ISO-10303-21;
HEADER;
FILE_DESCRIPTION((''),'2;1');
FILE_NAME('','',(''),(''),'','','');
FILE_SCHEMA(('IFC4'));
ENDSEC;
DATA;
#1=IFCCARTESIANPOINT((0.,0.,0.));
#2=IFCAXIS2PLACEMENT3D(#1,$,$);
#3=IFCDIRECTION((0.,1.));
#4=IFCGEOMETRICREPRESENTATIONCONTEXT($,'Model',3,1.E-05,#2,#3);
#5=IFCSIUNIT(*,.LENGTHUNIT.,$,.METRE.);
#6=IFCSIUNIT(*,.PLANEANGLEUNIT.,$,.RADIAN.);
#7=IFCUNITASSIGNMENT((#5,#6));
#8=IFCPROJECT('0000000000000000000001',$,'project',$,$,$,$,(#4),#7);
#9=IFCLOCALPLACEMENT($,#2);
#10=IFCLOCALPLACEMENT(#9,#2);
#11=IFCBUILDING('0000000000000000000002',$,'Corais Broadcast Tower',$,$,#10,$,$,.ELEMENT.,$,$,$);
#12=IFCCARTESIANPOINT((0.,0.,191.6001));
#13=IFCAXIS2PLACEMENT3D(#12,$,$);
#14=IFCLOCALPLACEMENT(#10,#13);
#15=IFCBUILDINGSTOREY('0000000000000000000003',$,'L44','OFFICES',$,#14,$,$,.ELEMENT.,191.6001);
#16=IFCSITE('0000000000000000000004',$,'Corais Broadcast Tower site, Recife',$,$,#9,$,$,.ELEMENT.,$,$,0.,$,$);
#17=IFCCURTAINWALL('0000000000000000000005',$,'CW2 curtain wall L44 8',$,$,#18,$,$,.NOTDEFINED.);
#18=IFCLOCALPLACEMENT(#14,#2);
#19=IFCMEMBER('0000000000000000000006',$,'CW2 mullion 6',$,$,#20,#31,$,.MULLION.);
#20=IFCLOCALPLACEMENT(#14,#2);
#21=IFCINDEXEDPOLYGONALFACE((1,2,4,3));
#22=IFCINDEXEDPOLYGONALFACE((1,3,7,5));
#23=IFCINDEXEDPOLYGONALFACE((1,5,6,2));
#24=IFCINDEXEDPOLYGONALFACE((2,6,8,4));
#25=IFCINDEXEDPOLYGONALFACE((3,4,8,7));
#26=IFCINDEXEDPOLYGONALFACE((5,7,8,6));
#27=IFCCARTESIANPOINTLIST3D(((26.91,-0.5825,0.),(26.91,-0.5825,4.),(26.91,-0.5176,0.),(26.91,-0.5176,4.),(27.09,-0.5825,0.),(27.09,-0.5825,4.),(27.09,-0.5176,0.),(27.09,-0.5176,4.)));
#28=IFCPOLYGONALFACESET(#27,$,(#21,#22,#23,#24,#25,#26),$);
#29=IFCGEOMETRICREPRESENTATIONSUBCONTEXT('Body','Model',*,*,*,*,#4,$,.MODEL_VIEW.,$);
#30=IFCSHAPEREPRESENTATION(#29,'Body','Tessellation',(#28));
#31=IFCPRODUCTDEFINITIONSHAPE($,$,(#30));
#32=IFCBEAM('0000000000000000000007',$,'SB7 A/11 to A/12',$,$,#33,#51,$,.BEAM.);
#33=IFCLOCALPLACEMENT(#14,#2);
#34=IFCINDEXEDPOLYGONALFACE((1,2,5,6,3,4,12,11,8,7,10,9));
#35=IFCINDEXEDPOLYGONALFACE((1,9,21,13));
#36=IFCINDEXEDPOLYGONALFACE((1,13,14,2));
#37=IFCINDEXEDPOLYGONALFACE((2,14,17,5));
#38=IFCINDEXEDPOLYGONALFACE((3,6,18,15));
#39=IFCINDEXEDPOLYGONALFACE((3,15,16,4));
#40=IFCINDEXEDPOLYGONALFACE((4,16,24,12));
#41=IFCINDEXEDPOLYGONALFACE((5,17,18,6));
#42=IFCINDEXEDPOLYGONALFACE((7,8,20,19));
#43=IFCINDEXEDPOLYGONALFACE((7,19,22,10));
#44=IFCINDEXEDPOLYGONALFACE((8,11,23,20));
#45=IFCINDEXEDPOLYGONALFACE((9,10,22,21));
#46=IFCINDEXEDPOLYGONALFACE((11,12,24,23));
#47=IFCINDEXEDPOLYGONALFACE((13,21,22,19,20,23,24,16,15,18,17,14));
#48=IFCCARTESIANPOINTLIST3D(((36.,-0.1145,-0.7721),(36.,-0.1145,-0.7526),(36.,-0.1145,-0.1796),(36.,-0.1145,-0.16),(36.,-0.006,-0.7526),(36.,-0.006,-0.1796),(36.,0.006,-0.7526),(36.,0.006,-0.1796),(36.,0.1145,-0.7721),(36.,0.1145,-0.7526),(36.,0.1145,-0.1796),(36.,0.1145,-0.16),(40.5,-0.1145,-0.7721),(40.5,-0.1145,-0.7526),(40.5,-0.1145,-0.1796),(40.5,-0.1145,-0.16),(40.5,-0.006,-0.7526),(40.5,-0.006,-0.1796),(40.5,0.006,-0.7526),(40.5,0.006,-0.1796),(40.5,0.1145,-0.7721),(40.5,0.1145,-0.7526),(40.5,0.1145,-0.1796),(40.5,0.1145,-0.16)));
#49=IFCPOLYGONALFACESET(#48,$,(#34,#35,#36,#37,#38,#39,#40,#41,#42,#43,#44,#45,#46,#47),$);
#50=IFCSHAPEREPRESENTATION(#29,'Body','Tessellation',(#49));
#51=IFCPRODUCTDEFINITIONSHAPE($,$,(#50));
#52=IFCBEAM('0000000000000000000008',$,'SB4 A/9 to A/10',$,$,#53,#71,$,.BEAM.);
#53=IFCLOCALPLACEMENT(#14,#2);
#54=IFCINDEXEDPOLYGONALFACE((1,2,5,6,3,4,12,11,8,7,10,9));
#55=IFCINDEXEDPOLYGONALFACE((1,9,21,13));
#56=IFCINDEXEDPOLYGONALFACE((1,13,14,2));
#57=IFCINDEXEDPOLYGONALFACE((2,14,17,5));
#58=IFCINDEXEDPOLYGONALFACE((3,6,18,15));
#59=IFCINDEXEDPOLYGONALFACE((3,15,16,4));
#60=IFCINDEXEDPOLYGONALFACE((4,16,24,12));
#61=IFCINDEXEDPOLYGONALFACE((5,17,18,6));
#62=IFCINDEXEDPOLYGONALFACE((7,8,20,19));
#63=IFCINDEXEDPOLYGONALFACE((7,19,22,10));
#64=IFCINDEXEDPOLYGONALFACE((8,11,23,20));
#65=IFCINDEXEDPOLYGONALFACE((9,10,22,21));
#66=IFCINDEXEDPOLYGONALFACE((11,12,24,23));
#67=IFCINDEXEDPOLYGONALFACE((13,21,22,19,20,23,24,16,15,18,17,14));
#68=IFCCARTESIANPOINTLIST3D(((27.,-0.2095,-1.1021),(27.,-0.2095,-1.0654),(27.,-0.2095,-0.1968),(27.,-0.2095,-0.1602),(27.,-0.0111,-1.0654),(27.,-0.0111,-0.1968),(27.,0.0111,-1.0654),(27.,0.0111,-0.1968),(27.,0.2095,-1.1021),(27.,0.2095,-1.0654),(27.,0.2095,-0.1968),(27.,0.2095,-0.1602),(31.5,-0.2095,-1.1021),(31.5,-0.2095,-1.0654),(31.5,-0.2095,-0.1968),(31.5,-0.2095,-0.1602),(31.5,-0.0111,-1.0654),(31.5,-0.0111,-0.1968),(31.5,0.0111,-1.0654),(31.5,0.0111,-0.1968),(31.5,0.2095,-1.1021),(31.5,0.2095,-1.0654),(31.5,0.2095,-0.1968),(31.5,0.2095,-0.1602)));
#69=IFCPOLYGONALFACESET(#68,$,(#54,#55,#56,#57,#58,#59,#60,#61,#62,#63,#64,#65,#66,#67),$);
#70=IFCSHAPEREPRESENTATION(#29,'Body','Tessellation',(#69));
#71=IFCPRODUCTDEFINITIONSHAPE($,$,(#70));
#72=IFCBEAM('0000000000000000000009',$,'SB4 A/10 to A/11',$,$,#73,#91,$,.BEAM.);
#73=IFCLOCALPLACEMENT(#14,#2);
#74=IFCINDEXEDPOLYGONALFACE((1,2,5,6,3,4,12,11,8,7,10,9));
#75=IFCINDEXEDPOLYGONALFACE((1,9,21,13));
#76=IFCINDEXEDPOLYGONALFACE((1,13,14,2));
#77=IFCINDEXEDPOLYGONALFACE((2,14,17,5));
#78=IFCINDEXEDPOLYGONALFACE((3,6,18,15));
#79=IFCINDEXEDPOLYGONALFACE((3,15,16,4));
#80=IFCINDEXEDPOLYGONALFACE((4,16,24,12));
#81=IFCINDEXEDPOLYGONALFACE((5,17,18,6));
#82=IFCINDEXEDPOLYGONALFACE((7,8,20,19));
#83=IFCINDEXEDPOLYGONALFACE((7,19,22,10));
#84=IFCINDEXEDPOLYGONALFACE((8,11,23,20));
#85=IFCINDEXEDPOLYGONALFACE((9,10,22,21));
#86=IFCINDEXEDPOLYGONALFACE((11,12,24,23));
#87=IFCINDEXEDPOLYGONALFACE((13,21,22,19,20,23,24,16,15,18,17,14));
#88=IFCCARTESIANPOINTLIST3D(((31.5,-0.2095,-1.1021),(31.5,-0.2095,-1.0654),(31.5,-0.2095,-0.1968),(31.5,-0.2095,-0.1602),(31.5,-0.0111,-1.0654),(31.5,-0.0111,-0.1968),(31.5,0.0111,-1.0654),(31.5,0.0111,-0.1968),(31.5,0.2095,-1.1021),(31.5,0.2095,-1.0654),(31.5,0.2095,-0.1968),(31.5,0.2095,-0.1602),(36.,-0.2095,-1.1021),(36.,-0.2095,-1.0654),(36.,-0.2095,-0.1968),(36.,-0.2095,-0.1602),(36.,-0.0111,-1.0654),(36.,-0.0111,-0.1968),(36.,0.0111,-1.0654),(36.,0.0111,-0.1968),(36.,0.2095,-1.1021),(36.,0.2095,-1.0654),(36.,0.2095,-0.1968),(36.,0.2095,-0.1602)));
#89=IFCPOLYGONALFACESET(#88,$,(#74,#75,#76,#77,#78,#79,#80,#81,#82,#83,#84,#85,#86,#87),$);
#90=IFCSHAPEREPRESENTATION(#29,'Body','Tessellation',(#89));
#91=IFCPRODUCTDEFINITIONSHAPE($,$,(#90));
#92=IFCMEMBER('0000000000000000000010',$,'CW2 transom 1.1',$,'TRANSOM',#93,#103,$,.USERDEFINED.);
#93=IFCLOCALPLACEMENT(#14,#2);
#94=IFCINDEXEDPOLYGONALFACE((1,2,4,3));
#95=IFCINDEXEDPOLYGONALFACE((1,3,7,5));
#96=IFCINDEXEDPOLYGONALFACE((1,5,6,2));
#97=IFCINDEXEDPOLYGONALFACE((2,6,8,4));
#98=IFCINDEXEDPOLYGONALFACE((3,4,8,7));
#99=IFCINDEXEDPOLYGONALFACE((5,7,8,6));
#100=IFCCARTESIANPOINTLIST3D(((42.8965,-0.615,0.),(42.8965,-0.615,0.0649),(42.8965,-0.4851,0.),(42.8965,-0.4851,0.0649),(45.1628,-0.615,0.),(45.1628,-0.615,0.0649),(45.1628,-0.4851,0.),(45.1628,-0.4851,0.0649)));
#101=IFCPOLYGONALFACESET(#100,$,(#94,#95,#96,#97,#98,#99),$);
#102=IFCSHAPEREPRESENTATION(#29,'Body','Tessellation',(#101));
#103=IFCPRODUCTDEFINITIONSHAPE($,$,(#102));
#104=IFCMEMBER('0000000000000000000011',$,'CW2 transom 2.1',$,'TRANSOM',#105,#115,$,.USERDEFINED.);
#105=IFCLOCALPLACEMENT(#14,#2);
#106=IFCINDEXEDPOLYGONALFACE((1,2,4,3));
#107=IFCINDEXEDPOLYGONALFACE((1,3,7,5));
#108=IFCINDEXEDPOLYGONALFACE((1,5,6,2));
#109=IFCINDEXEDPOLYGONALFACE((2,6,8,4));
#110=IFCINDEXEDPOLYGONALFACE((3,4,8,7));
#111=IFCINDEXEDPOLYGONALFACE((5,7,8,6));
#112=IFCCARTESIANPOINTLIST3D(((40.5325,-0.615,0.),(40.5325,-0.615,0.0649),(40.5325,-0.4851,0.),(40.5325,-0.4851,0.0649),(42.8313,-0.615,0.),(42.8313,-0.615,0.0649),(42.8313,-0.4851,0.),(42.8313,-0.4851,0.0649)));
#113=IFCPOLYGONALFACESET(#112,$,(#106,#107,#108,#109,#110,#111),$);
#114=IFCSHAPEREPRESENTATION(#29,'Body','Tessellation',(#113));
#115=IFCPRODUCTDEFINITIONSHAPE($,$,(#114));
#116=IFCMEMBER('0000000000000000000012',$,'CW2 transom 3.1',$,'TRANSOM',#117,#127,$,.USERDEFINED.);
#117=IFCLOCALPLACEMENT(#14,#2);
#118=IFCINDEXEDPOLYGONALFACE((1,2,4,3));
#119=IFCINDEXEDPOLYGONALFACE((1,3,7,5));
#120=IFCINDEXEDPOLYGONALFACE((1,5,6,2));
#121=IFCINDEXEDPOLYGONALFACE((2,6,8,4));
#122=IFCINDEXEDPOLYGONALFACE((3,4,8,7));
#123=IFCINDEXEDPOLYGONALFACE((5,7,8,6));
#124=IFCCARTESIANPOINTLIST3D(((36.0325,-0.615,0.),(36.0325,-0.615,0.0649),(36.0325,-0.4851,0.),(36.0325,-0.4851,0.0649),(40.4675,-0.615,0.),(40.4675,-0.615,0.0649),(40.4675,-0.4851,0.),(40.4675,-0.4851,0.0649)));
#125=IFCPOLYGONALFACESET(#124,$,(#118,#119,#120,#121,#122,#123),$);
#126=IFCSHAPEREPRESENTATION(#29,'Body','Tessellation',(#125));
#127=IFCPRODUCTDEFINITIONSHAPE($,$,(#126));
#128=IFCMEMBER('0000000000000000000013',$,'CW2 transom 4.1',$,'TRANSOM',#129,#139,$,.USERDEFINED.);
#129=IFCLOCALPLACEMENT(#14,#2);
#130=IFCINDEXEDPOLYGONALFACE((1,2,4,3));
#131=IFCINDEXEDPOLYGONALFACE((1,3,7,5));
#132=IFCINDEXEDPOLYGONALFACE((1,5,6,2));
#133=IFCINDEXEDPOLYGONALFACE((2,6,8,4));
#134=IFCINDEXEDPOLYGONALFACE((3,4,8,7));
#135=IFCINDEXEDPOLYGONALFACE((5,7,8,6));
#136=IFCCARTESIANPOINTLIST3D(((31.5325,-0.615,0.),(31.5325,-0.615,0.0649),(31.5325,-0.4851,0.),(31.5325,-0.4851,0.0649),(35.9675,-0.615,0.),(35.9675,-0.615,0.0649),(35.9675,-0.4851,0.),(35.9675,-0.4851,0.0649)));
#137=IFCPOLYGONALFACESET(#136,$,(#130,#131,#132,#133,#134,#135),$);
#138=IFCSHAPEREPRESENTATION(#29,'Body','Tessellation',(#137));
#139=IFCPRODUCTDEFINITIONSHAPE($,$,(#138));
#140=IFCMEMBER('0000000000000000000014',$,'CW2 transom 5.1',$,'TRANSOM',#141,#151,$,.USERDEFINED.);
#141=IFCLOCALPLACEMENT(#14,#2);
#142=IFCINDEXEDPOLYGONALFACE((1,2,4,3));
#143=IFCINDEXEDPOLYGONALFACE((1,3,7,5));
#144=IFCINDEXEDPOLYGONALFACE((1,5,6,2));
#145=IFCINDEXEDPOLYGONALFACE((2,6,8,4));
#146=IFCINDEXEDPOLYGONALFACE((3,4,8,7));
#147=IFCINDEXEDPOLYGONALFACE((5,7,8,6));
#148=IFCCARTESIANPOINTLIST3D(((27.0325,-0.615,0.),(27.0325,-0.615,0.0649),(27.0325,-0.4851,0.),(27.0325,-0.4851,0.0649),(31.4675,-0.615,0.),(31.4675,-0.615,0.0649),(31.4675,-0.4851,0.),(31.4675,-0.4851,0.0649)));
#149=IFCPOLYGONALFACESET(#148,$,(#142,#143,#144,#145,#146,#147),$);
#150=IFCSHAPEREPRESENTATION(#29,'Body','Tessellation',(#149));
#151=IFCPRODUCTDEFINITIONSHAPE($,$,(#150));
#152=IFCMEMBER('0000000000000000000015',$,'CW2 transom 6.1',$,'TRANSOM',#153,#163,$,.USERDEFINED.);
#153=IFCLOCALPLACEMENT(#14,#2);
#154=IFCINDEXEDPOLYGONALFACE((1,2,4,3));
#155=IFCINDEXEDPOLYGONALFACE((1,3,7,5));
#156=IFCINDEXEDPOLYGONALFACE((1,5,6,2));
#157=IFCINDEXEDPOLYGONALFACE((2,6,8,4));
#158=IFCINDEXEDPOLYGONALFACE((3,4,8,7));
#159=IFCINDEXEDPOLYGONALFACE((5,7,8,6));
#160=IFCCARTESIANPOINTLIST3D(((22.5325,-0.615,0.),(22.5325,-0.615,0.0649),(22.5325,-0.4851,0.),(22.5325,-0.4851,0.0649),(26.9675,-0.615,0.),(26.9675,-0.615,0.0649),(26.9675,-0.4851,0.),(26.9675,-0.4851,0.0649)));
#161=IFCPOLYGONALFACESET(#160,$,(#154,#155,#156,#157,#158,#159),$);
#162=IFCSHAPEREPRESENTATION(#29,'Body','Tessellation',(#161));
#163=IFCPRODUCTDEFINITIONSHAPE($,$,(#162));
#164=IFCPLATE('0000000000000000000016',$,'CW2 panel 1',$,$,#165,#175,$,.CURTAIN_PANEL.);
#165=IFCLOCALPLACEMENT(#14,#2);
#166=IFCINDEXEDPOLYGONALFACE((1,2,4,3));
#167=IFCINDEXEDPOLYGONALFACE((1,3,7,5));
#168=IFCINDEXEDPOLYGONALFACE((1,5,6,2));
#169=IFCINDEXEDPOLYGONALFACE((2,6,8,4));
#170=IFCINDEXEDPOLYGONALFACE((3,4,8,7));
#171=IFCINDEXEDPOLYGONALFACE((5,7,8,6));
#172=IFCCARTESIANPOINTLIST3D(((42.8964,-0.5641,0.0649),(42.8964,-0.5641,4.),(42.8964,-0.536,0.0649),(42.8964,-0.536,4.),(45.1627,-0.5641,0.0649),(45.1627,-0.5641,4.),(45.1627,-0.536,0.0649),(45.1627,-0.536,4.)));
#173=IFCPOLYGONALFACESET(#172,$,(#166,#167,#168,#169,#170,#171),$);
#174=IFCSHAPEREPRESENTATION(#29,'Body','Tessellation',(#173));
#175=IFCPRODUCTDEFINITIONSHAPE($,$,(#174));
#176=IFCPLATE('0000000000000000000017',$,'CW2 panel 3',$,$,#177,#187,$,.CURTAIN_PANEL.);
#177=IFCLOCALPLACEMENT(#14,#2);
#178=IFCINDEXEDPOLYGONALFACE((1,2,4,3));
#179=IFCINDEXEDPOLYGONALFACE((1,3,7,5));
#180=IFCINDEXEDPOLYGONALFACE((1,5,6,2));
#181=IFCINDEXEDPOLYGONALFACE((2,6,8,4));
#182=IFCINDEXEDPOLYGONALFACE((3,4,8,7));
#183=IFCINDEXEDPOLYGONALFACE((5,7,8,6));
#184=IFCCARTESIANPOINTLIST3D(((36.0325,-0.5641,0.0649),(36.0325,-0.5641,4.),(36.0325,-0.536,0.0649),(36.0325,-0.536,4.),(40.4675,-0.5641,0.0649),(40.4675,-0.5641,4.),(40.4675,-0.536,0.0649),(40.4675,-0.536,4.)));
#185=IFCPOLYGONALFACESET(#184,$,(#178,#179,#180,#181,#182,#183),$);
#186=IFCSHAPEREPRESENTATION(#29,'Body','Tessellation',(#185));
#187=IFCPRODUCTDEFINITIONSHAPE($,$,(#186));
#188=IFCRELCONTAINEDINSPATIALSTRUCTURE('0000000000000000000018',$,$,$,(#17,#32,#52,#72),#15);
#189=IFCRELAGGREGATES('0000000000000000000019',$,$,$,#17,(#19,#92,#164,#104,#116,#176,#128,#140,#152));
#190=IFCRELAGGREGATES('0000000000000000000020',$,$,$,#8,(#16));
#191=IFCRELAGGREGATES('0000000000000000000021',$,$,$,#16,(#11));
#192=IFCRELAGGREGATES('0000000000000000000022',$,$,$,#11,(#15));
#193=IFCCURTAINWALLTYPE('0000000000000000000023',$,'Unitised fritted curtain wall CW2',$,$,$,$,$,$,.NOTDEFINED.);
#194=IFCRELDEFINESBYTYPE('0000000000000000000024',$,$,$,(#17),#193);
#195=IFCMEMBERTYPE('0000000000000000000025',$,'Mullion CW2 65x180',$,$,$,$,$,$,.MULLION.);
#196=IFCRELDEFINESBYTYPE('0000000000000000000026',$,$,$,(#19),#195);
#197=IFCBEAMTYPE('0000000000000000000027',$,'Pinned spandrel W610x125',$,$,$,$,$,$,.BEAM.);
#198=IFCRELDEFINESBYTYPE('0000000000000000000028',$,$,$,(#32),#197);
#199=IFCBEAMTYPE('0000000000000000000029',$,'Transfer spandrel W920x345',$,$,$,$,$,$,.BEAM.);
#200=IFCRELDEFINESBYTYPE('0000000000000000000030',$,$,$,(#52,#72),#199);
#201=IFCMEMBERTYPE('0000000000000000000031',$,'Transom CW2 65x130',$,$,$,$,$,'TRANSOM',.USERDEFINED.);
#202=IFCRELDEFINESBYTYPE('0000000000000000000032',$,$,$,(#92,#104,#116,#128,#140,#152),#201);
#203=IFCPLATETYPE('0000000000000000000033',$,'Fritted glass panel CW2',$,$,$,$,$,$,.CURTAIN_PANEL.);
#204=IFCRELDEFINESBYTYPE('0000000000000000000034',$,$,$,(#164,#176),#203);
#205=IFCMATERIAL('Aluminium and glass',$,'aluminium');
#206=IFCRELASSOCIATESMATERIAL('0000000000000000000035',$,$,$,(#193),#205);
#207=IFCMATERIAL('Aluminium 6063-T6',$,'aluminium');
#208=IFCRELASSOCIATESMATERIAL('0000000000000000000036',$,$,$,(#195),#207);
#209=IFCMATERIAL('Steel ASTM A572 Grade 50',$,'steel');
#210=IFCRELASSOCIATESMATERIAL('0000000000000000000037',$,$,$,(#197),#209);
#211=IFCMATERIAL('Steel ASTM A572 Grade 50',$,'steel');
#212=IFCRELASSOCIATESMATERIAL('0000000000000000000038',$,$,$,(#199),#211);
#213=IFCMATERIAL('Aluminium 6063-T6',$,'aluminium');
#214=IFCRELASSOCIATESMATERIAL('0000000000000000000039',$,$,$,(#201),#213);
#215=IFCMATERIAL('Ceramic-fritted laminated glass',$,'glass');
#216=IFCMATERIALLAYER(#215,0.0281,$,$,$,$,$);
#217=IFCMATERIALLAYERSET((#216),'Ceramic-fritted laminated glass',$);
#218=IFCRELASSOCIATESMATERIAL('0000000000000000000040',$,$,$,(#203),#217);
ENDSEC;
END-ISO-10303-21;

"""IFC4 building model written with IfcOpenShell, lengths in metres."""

from ifc_helpers import new_model, si_unit, direction, frame, origin, origin_2d, place, context, subcontext, project, spatial, rectangle, i_section, extrude, material, layer, layer_set, material_profile, profile_set, type_object, element, aggregate, save


model = new_model("IFC4")

# Units and contexts
model_context = context("Model", 3, precision=1e-05, world=origin(), true_north=direction((0.0, 1.0)))
body_context = subcontext(model_context, "Body", "Model", "MODEL_VIEW")
ifc_project = project(units=[si_unit("LENGTHUNIT", "METRE"), si_unit("PLANEANGLEUNIT", "RADIAN")], contexts=[model_context])

# Site, building, storey
site_placement = place(None, origin())
site = spatial("IfcSite", under=ifc_project, at=site_placement, Name="Corais Broadcast Tower site, Recife", CompositionType="ELEMENT", RefElevation=0.0)
building_placement = place(site_placement, origin())
building = spatial("IfcBuilding", under=site, at=building_placement, Name="Corais Broadcast Tower", CompositionType="ELEMENT")
storey_placement = place(building_placement, frame((0.0, 0.0, 191.6001)))
storey = spatial("IfcBuildingStorey", under=building, at=storey_placement, Name="L44", Description="OFFICES", CompositionType="ELEMENT", Elevation=191.6001)

# Curtain wall, member
ifc_material_1 = material(Name="Aluminium and glass", Category="aluminium")
curtain_wall_type = type_object("IfcCurtainWallType", Name="Unitised fritted curtain wall CW2", PredefinedType="NOTDEFINED", material=ifc_material_1)
curtain_wall_placement = place(storey_placement, origin())
curtain_wall = element("IfcCurtainWall", 1, at=curtain_wall_placement, inside=storey, type_object=curtain_wall_type, Name="CW2 curtain wall L44 8", PredefinedType="NOTDEFINED")
ifc_material_2 = material(Name="Aluminium 6063-T6", Category="aluminium")
ifc_material_profile_1 = material_profile(ifc_material_2, rectangle(XDim=0.0649, YDim=0.1799, at=origin_2d()), Name="Mullion CW2 65x180")
ifc_profile_set_1 = profile_set([ifc_material_profile_1], Name="Aluminium 6063-T6")
member_type_1 = type_object("IfcMemberType", Name="Mullion CW2 65x180", PredefinedType="MULLION", material=ifc_profile_set_1)
member_1_placement = place(storey_placement, frame((27.0, -0.55, 0.0), z_axis=(0.0, 0.0, 1.0), x_axis=(0.0, -1.0, 0.0)))
member_1 = element("IfcMember", 2, at=member_1_placement, type_object=member_type_1, Name="CW2 mullion 6", PredefinedType="MULLION", context=body_context, shape_type="SweptSolid", body=[
    extrude(rectangle(XDim=0.0649, YDim=0.1799, at=origin_2d()), origin(), (0.0, 0.0, 1.0), 4.0),
])

# Beams
ifc_material_3 = material(Name="Steel ASTM A572 Grade 50", Category="steel")
ifc_material_profile_2 = material_profile(ifc_material_3, i_section(OverallWidth=0.229, OverallDepth=0.6121, WebThickness=0.012, FlangeThickness=0.0195, at=origin_2d()), Name="W610x125")
ifc_profile_set_2 = profile_set([ifc_material_profile_2], Name="Steel ASTM A572 Grade 50")
beam_type_1 = type_object("IfcBeamType", Name="Pinned spandrel W610x125", PredefinedType="BEAM", material=ifc_profile_set_2)
beam_placement = place(storey_placement, frame((36.0, 0.0, -0.4661), z_axis=(1.0, 0.0, 0.0), x_axis=(0.0, 1.0, 0.0)))
element("IfcBeam", 3, at=beam_placement, inside=storey, type_object=beam_type_1, Name="SB7 A/11 to A/12", PredefinedType="BEAM", context=body_context, shape_type="SweptSolid", body=[
    extrude(i_section(OverallWidth=0.229, OverallDepth=0.6121, WebThickness=0.012, FlangeThickness=0.0195, at=origin_2d()), origin(), (0.0, 0.0, 1.0), 4.5),
])
ifc_material_4 = material(Name="Steel ASTM A572 Grade 50", Category="steel")
ifc_material_profile_3 = material_profile(ifc_material_4, i_section(OverallWidth=0.4189, OverallDepth=0.9419, WebThickness=0.0222, FlangeThickness=0.0366, at=origin_2d()), Name="W920x345")
ifc_profile_set_3 = profile_set([ifc_material_profile_3], Name="Steel ASTM A572 Grade 50")
beam_type_2 = type_object("IfcBeamType", Name="Transfer spandrel W920x345", PredefinedType="BEAM", material=ifc_profile_set_3)
for number, where, z_axis, x_axis, name in (
    (4, (27.0, 0.0, -0.6311), (1.0, 0.0, 0.0), (0.0, 1.0, 0.0), "SB4 A/9 to A/10"),
    (5, (31.5, 0.0, -0.6311), (1.0, 0.0, 0.0), (0.0, 1.0, 0.0), "SB4 A/10 to A/11"),
):
    element("IfcBeam", number, at=place(storey_placement, frame(where, z_axis=z_axis, x_axis=x_axis)), inside=storey, type_object=beam_type_2, Name=name, PredefinedType="BEAM", context=body_context, shape_type="SweptSolid", body=[
        extrude(i_section(OverallWidth=0.4189, OverallDepth=0.9419, WebThickness=0.0222, FlangeThickness=0.0366, at=origin_2d()), origin(), (0.0, 0.0, 1.0), 4.5),
    ])

# Members
ifc_material_5 = material(Name="Aluminium 6063-T6", Category="aluminium")
ifc_material_profile_4 = material_profile(ifc_material_5, rectangle(XDim=0.1299, YDim=0.0649, at=origin_2d()), Name="Transom CW2 65x130")
ifc_profile_set_4 = profile_set([ifc_material_profile_4], Name="Aluminium 6063-T6")
member_type_2 = type_object("IfcMemberType", Name="Transom CW2 65x130", ElementType="TRANSOM", PredefinedType="USERDEFINED", material=ifc_profile_set_4)
member_2_placement = place(storey_placement, frame((45.1628, -0.55, 0.0325), z_axis=(-1.0, 0.0, 0.0), x_axis=(0.0, -1.0, 0.0)))
member_2 = element("IfcMember", 6, at=member_2_placement, type_object=member_type_2, Name="CW2 transom 1.1", ObjectType="TRANSOM", PredefinedType="USERDEFINED", context=body_context, shape_type="SweptSolid", body=[
    extrude(rectangle(XDim=0.1299, YDim=0.0649, at=origin_2d()), origin(), (0.0, 0.0, 1.0), 2.2664),
])
member_3_placement = place(storey_placement, frame((42.8313, -0.55, 0.0325), z_axis=(-1.0, 0.0, 0.0), x_axis=(0.0, -1.0, 0.0)))
member_3 = element("IfcMember", 7, at=member_3_placement, type_object=member_type_2, Name="CW2 transom 2.1", ObjectType="TRANSOM", PredefinedType="USERDEFINED", context=body_context, shape_type="SweptSolid", body=[
    extrude(rectangle(XDim=0.1299, YDim=0.0649, at=origin_2d()), origin(), (0.0, 0.0, 1.0), 2.2988),
])
member_4_placement = place(storey_placement, frame((40.4675, -0.55, 0.0325), z_axis=(-1.0, 0.0, 0.0), x_axis=(0.0, -1.0, 0.0)))
member_4 = element("IfcMember", 8, at=member_4_placement, type_object=member_type_2, Name="CW2 transom 3.1", ObjectType="TRANSOM", PredefinedType="USERDEFINED", context=body_context, shape_type="SweptSolid", body=[
    extrude(rectangle(XDim=0.1299, YDim=0.0649, at=origin_2d()), origin(), (0.0, 0.0, 1.0), 4.4351),
])
member_5_placement = place(storey_placement, frame((35.9675, -0.55, 0.0325), z_axis=(-1.0, 0.0, 0.0), x_axis=(0.0, -1.0, 0.0)))
member_5 = element("IfcMember", 9, at=member_5_placement, type_object=member_type_2, Name="CW2 transom 4.1", ObjectType="TRANSOM", PredefinedType="USERDEFINED", context=body_context, shape_type="SweptSolid", body=[
    extrude(rectangle(XDim=0.1299, YDim=0.0649, at=origin_2d()), origin(), (0.0, 0.0, 1.0), 4.4351),
])
member_6_placement = place(storey_placement, frame((31.4675, -0.55, 0.0325), z_axis=(-1.0, 0.0, 0.0), x_axis=(0.0, -1.0, 0.0)))
member_6 = element("IfcMember", 10, at=member_6_placement, type_object=member_type_2, Name="CW2 transom 5.1", ObjectType="TRANSOM", PredefinedType="USERDEFINED", context=body_context, shape_type="SweptSolid", body=[
    extrude(rectangle(XDim=0.1299, YDim=0.0649, at=origin_2d()), origin(), (0.0, 0.0, 1.0), 4.4351),
])
member_7_placement = place(storey_placement, frame((26.9675, -0.55, 0.0325), z_axis=(-1.0, 0.0, 0.0), x_axis=(0.0, -1.0, 0.0)))
member_7 = element("IfcMember", 11, at=member_7_placement, type_object=member_type_2, Name="CW2 transom 6.1", ObjectType="TRANSOM", PredefinedType="USERDEFINED", context=body_context, shape_type="SweptSolid", body=[
    extrude(rectangle(XDim=0.1299, YDim=0.0649, at=origin_2d()), origin(), (0.0, 0.0, 1.0), 4.4351),
])

# Plates
ifc_material_6 = material(Name="Ceramic-fritted laminated glass", Category="glass")
ifc_layer_1 = layer(ifc_material_6, 0.0281)
ifc_layer_set_1 = layer_set([ifc_layer_1], Name="Ceramic-fritted laminated glass")
plate_type_1 = type_object("IfcPlateType", Name="Fritted glass panel CW2", PredefinedType="CURTAIN_PANEL", material=ifc_layer_set_1)
plate_1_placement = place(storey_placement, frame((44.0295, -0.55, 0.0649), z_axis=(0.0, 0.0, 1.0), x_axis=(-1.0, 0.0, 0.0)))
plate_1 = element("IfcPlate", 12, at=plate_1_placement, type_object=plate_type_1, Name="CW2 panel 1", PredefinedType="CURTAIN_PANEL", context=body_context, shape_type="SweptSolid", body=[
    extrude(rectangle(XDim=2.2664, YDim=0.0281, at=origin_2d()), origin(), (0.0, 0.0, 1.0), 3.9351),
])
plate_2_placement = place(storey_placement, frame((38.25, -0.55, 0.0649), z_axis=(0.0, 0.0, 1.0), x_axis=(-1.0, 0.0, 0.0)))
plate_2 = element("IfcPlate", 13, at=plate_2_placement, type_object=plate_type_1, Name="CW2 panel 3", PredefinedType="CURTAIN_PANEL", context=body_context, shape_type="SweptSolid", body=[
    extrude(rectangle(XDim=4.4351, YDim=0.0281, at=origin_2d()), origin(), (0.0, 0.0, 1.0), 3.9351),
])
aggregate(curtain_wall, [member_1, member_2, plate_1, member_3, member_4, plate_2, member_5, member_6, member_7])

save(model, "model.ifc")
